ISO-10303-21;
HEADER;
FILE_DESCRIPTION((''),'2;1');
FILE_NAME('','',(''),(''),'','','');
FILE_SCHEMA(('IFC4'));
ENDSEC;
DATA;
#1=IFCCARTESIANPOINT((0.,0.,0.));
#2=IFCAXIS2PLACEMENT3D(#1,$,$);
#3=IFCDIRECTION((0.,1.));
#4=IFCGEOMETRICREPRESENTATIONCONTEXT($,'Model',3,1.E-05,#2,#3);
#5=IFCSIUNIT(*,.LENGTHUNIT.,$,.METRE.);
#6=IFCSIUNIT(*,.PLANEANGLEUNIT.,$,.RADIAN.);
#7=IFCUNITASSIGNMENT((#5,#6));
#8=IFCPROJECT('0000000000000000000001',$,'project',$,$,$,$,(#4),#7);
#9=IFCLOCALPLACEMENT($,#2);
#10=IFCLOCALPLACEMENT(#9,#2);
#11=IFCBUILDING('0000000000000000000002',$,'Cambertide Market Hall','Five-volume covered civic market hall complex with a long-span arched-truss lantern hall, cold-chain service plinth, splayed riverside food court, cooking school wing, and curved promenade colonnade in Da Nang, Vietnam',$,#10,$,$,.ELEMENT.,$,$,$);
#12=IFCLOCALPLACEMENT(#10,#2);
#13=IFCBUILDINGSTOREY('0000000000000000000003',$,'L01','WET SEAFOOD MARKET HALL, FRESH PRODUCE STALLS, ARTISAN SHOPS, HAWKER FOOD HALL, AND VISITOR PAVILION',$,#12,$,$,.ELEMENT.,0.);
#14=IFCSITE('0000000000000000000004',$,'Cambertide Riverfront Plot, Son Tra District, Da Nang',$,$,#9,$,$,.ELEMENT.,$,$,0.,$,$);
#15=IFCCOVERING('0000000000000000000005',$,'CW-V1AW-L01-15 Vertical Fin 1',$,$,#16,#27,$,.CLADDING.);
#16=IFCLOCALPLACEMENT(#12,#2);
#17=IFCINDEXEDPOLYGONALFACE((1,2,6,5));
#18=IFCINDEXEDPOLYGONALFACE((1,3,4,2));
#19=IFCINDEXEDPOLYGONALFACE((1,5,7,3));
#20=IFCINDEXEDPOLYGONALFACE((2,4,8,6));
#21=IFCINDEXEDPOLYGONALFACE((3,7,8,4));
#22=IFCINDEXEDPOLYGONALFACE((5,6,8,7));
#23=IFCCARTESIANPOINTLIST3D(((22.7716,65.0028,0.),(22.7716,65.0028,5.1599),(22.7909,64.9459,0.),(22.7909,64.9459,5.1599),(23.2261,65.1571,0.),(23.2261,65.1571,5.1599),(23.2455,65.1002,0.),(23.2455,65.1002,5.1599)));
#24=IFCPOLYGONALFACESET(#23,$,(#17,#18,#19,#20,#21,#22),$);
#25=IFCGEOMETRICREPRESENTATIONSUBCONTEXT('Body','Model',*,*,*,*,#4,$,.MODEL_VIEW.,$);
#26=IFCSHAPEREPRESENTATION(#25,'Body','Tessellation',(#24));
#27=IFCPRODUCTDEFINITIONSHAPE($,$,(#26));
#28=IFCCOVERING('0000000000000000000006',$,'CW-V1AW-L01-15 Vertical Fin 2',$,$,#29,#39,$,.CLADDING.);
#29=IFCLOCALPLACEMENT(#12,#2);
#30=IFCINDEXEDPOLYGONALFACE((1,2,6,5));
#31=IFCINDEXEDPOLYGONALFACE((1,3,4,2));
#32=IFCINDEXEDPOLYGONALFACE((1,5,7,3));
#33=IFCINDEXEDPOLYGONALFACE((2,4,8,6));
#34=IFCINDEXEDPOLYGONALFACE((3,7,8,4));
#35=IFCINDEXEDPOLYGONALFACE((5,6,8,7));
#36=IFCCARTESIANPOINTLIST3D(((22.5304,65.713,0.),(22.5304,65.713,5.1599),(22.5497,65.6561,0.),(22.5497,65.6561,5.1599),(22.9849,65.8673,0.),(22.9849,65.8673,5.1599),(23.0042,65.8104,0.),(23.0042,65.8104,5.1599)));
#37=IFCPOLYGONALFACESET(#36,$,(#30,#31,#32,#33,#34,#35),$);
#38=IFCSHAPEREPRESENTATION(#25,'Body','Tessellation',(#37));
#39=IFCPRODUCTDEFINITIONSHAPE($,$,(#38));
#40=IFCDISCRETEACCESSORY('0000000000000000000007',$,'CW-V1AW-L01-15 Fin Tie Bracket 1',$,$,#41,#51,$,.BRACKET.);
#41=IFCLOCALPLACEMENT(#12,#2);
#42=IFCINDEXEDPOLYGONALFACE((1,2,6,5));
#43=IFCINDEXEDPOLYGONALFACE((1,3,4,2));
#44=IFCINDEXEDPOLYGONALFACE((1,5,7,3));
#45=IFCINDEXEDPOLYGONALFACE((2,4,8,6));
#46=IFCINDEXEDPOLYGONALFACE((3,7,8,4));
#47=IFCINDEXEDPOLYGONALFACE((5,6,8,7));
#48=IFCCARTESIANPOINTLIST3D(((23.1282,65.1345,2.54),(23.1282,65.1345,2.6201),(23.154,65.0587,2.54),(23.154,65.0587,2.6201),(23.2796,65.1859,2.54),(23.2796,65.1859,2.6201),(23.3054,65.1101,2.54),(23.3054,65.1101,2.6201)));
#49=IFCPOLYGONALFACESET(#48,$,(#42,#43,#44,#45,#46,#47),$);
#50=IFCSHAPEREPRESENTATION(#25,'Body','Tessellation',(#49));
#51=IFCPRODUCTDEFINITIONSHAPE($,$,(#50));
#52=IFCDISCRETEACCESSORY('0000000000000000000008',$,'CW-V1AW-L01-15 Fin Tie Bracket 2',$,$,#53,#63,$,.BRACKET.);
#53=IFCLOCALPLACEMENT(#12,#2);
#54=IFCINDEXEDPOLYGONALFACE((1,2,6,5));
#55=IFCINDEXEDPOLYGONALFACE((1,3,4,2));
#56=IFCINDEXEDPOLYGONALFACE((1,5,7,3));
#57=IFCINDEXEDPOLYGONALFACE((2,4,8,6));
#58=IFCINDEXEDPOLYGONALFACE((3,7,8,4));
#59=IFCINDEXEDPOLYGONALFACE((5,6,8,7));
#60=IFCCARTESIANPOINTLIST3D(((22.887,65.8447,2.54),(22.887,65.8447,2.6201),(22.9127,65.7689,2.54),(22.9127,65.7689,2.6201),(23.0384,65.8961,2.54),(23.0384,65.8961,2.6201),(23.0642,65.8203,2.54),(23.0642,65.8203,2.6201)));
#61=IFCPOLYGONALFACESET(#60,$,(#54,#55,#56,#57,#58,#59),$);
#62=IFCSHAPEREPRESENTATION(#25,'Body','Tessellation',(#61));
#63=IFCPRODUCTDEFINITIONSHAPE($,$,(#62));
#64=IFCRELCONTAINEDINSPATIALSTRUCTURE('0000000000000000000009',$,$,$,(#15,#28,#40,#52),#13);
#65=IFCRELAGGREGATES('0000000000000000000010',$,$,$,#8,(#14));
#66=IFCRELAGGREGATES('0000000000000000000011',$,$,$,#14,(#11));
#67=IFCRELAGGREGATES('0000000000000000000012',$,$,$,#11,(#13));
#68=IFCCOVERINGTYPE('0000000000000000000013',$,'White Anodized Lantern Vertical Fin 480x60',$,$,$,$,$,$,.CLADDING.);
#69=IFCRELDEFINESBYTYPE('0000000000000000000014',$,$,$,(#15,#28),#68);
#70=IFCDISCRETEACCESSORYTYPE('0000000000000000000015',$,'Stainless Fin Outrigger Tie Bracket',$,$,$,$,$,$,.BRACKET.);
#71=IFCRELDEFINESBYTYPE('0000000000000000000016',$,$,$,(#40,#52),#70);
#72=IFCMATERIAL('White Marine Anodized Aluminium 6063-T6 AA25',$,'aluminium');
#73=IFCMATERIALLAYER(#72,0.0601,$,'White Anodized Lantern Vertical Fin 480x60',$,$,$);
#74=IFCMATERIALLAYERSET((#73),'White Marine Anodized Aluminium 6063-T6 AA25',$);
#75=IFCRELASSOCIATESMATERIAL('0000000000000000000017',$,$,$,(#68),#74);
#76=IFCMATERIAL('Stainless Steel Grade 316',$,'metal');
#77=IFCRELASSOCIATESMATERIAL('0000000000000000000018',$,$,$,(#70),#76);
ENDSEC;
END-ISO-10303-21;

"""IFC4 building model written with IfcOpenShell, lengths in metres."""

from ifc_helpers import new_model, si_unit, direction, frame, origin, origin_2d, place, context, subcontext, project, spatial, rectangle, extrude, material, layer, layer_set, type_object, element, save


model = new_model("IFC4")

# Units and contexts
model_context = context("Model", 3, precision=1e-05, world=origin(), true_north=direction((0.0, 1.0)))
body_context = subcontext(model_context, "Body", "Model", "MODEL_VIEW")
ifc_project = project(units=[si_unit("LENGTHUNIT", "METRE"), si_unit("PLANEANGLEUNIT", "RADIAN")], contexts=[model_context])

# Site, building, storey
site_placement = place(None, origin())
site = spatial("IfcSite", under=ifc_project, at=site_placement, Name="Cambertide Riverfront Plot, Son Tra District, Da Nang", CompositionType="ELEMENT", RefElevation=0.0)
building_placement = place(site_placement, origin())
building = spatial("IfcBuilding", under=site, at=building_placement, Name="Cambertide Market Hall", Description="Five-volume covered civic market hall complex with a long-span arched-truss lantern hall, cold-chain service plinth, splayed riverside food court, cooking school wing, and curved promenade colonnade in Da Nang, Vietnam", CompositionType="ELEMENT")
storey_placement = place(building_placement, origin())
storey = spatial("IfcBuildingStorey", under=building, at=storey_placement, Name="L01", Description="WET SEAFOOD MARKET HALL, FRESH PRODUCE STALLS, ARTISAN SHOPS, HAWKER FOOD HALL, AND VISITOR PAVILION", CompositionType="ELEMENT", Elevation=0.0)

# Coverings
ifc_material_1 = material(Name="White Marine Anodized Aluminium 6063-T6 AA25", Category="aluminium")
ifc_layer_1 = layer(ifc_material_1, 0.0601, Name="White Anodized Lantern Vertical Fin 480x60")
ifc_layer_set_1 = layer_set([ifc_layer_1], Name="White Marine Anodized Aluminium 6063-T6 AA25")
covering_type = type_object("IfcCoveringType", Name="White Anodized Lantern Vertical Fin 480x60", PredefinedType="CLADDING", material=ifc_layer_set_1)
for number, where, z_axis, x_axis, name in (
    (1, (23.0085, 65.0515, 0.0), (0.0, 0.0, 1.0), (-0.321439, 0.94693, 0.0), "CW-V1AW-L01-15 Vertical Fin 1"),
    (2, (22.7673, 65.7617, 0.0), (0.0, 0.0, 1.0), (-0.321439, 0.94693, 0.0), "CW-V1AW-L01-15 Vertical Fin 2"),
):
    element("IfcCovering", number, at=place(storey_placement, frame(where, z_axis=z_axis, x_axis=x_axis)), inside=storey, type_object=covering_type, Name=name, PredefinedType="CLADDING", context=body_context, shape_type="SweptSolid", body=[
        extrude(rectangle(XDim=0.0601, YDim=0.48, at=origin_2d()), origin(), (0.0, 0.0, 1.0), 5.1599),
    ])

# Discrete accessories
ifc_material_2 = material(Name="Stainless Steel Grade 316", Category="metal")
discrete_accessory_type = type_object("IfcDiscreteAccessoryType", Name="Stainless Fin Outrigger Tie Bracket", PredefinedType="BRACKET", material=ifc_material_2)
for number, where, z_axis, x_axis, name in (
    (3, (23.2168, 65.1223, 2.54), (0.0, 0.0, 1.0), (-0.321439, 0.94693, 0.0), "CW-V1AW-L01-15 Fin Tie Bracket 1"),
    (4, (22.9756, 65.8325, 2.54), (0.0, 0.0, 1.0), (-0.321439, 0.94693, 0.0), "CW-V1AW-L01-15 Fin Tie Bracket 2"),
):
    element("IfcDiscreteAccessory", number, at=place(storey_placement, frame(where, z_axis=z_axis, x_axis=x_axis)), inside=storey, type_object=discrete_accessory_type, Name=name, PredefinedType="BRACKET", context=body_context, shape_type="SweptSolid", body=[
        extrude(rectangle(XDim=0.0801, YDim=0.1599, at=origin_2d()), origin(), (0.0, 0.0, 1.0), 0.0801),
    ])

save(model, "model.ifc")
